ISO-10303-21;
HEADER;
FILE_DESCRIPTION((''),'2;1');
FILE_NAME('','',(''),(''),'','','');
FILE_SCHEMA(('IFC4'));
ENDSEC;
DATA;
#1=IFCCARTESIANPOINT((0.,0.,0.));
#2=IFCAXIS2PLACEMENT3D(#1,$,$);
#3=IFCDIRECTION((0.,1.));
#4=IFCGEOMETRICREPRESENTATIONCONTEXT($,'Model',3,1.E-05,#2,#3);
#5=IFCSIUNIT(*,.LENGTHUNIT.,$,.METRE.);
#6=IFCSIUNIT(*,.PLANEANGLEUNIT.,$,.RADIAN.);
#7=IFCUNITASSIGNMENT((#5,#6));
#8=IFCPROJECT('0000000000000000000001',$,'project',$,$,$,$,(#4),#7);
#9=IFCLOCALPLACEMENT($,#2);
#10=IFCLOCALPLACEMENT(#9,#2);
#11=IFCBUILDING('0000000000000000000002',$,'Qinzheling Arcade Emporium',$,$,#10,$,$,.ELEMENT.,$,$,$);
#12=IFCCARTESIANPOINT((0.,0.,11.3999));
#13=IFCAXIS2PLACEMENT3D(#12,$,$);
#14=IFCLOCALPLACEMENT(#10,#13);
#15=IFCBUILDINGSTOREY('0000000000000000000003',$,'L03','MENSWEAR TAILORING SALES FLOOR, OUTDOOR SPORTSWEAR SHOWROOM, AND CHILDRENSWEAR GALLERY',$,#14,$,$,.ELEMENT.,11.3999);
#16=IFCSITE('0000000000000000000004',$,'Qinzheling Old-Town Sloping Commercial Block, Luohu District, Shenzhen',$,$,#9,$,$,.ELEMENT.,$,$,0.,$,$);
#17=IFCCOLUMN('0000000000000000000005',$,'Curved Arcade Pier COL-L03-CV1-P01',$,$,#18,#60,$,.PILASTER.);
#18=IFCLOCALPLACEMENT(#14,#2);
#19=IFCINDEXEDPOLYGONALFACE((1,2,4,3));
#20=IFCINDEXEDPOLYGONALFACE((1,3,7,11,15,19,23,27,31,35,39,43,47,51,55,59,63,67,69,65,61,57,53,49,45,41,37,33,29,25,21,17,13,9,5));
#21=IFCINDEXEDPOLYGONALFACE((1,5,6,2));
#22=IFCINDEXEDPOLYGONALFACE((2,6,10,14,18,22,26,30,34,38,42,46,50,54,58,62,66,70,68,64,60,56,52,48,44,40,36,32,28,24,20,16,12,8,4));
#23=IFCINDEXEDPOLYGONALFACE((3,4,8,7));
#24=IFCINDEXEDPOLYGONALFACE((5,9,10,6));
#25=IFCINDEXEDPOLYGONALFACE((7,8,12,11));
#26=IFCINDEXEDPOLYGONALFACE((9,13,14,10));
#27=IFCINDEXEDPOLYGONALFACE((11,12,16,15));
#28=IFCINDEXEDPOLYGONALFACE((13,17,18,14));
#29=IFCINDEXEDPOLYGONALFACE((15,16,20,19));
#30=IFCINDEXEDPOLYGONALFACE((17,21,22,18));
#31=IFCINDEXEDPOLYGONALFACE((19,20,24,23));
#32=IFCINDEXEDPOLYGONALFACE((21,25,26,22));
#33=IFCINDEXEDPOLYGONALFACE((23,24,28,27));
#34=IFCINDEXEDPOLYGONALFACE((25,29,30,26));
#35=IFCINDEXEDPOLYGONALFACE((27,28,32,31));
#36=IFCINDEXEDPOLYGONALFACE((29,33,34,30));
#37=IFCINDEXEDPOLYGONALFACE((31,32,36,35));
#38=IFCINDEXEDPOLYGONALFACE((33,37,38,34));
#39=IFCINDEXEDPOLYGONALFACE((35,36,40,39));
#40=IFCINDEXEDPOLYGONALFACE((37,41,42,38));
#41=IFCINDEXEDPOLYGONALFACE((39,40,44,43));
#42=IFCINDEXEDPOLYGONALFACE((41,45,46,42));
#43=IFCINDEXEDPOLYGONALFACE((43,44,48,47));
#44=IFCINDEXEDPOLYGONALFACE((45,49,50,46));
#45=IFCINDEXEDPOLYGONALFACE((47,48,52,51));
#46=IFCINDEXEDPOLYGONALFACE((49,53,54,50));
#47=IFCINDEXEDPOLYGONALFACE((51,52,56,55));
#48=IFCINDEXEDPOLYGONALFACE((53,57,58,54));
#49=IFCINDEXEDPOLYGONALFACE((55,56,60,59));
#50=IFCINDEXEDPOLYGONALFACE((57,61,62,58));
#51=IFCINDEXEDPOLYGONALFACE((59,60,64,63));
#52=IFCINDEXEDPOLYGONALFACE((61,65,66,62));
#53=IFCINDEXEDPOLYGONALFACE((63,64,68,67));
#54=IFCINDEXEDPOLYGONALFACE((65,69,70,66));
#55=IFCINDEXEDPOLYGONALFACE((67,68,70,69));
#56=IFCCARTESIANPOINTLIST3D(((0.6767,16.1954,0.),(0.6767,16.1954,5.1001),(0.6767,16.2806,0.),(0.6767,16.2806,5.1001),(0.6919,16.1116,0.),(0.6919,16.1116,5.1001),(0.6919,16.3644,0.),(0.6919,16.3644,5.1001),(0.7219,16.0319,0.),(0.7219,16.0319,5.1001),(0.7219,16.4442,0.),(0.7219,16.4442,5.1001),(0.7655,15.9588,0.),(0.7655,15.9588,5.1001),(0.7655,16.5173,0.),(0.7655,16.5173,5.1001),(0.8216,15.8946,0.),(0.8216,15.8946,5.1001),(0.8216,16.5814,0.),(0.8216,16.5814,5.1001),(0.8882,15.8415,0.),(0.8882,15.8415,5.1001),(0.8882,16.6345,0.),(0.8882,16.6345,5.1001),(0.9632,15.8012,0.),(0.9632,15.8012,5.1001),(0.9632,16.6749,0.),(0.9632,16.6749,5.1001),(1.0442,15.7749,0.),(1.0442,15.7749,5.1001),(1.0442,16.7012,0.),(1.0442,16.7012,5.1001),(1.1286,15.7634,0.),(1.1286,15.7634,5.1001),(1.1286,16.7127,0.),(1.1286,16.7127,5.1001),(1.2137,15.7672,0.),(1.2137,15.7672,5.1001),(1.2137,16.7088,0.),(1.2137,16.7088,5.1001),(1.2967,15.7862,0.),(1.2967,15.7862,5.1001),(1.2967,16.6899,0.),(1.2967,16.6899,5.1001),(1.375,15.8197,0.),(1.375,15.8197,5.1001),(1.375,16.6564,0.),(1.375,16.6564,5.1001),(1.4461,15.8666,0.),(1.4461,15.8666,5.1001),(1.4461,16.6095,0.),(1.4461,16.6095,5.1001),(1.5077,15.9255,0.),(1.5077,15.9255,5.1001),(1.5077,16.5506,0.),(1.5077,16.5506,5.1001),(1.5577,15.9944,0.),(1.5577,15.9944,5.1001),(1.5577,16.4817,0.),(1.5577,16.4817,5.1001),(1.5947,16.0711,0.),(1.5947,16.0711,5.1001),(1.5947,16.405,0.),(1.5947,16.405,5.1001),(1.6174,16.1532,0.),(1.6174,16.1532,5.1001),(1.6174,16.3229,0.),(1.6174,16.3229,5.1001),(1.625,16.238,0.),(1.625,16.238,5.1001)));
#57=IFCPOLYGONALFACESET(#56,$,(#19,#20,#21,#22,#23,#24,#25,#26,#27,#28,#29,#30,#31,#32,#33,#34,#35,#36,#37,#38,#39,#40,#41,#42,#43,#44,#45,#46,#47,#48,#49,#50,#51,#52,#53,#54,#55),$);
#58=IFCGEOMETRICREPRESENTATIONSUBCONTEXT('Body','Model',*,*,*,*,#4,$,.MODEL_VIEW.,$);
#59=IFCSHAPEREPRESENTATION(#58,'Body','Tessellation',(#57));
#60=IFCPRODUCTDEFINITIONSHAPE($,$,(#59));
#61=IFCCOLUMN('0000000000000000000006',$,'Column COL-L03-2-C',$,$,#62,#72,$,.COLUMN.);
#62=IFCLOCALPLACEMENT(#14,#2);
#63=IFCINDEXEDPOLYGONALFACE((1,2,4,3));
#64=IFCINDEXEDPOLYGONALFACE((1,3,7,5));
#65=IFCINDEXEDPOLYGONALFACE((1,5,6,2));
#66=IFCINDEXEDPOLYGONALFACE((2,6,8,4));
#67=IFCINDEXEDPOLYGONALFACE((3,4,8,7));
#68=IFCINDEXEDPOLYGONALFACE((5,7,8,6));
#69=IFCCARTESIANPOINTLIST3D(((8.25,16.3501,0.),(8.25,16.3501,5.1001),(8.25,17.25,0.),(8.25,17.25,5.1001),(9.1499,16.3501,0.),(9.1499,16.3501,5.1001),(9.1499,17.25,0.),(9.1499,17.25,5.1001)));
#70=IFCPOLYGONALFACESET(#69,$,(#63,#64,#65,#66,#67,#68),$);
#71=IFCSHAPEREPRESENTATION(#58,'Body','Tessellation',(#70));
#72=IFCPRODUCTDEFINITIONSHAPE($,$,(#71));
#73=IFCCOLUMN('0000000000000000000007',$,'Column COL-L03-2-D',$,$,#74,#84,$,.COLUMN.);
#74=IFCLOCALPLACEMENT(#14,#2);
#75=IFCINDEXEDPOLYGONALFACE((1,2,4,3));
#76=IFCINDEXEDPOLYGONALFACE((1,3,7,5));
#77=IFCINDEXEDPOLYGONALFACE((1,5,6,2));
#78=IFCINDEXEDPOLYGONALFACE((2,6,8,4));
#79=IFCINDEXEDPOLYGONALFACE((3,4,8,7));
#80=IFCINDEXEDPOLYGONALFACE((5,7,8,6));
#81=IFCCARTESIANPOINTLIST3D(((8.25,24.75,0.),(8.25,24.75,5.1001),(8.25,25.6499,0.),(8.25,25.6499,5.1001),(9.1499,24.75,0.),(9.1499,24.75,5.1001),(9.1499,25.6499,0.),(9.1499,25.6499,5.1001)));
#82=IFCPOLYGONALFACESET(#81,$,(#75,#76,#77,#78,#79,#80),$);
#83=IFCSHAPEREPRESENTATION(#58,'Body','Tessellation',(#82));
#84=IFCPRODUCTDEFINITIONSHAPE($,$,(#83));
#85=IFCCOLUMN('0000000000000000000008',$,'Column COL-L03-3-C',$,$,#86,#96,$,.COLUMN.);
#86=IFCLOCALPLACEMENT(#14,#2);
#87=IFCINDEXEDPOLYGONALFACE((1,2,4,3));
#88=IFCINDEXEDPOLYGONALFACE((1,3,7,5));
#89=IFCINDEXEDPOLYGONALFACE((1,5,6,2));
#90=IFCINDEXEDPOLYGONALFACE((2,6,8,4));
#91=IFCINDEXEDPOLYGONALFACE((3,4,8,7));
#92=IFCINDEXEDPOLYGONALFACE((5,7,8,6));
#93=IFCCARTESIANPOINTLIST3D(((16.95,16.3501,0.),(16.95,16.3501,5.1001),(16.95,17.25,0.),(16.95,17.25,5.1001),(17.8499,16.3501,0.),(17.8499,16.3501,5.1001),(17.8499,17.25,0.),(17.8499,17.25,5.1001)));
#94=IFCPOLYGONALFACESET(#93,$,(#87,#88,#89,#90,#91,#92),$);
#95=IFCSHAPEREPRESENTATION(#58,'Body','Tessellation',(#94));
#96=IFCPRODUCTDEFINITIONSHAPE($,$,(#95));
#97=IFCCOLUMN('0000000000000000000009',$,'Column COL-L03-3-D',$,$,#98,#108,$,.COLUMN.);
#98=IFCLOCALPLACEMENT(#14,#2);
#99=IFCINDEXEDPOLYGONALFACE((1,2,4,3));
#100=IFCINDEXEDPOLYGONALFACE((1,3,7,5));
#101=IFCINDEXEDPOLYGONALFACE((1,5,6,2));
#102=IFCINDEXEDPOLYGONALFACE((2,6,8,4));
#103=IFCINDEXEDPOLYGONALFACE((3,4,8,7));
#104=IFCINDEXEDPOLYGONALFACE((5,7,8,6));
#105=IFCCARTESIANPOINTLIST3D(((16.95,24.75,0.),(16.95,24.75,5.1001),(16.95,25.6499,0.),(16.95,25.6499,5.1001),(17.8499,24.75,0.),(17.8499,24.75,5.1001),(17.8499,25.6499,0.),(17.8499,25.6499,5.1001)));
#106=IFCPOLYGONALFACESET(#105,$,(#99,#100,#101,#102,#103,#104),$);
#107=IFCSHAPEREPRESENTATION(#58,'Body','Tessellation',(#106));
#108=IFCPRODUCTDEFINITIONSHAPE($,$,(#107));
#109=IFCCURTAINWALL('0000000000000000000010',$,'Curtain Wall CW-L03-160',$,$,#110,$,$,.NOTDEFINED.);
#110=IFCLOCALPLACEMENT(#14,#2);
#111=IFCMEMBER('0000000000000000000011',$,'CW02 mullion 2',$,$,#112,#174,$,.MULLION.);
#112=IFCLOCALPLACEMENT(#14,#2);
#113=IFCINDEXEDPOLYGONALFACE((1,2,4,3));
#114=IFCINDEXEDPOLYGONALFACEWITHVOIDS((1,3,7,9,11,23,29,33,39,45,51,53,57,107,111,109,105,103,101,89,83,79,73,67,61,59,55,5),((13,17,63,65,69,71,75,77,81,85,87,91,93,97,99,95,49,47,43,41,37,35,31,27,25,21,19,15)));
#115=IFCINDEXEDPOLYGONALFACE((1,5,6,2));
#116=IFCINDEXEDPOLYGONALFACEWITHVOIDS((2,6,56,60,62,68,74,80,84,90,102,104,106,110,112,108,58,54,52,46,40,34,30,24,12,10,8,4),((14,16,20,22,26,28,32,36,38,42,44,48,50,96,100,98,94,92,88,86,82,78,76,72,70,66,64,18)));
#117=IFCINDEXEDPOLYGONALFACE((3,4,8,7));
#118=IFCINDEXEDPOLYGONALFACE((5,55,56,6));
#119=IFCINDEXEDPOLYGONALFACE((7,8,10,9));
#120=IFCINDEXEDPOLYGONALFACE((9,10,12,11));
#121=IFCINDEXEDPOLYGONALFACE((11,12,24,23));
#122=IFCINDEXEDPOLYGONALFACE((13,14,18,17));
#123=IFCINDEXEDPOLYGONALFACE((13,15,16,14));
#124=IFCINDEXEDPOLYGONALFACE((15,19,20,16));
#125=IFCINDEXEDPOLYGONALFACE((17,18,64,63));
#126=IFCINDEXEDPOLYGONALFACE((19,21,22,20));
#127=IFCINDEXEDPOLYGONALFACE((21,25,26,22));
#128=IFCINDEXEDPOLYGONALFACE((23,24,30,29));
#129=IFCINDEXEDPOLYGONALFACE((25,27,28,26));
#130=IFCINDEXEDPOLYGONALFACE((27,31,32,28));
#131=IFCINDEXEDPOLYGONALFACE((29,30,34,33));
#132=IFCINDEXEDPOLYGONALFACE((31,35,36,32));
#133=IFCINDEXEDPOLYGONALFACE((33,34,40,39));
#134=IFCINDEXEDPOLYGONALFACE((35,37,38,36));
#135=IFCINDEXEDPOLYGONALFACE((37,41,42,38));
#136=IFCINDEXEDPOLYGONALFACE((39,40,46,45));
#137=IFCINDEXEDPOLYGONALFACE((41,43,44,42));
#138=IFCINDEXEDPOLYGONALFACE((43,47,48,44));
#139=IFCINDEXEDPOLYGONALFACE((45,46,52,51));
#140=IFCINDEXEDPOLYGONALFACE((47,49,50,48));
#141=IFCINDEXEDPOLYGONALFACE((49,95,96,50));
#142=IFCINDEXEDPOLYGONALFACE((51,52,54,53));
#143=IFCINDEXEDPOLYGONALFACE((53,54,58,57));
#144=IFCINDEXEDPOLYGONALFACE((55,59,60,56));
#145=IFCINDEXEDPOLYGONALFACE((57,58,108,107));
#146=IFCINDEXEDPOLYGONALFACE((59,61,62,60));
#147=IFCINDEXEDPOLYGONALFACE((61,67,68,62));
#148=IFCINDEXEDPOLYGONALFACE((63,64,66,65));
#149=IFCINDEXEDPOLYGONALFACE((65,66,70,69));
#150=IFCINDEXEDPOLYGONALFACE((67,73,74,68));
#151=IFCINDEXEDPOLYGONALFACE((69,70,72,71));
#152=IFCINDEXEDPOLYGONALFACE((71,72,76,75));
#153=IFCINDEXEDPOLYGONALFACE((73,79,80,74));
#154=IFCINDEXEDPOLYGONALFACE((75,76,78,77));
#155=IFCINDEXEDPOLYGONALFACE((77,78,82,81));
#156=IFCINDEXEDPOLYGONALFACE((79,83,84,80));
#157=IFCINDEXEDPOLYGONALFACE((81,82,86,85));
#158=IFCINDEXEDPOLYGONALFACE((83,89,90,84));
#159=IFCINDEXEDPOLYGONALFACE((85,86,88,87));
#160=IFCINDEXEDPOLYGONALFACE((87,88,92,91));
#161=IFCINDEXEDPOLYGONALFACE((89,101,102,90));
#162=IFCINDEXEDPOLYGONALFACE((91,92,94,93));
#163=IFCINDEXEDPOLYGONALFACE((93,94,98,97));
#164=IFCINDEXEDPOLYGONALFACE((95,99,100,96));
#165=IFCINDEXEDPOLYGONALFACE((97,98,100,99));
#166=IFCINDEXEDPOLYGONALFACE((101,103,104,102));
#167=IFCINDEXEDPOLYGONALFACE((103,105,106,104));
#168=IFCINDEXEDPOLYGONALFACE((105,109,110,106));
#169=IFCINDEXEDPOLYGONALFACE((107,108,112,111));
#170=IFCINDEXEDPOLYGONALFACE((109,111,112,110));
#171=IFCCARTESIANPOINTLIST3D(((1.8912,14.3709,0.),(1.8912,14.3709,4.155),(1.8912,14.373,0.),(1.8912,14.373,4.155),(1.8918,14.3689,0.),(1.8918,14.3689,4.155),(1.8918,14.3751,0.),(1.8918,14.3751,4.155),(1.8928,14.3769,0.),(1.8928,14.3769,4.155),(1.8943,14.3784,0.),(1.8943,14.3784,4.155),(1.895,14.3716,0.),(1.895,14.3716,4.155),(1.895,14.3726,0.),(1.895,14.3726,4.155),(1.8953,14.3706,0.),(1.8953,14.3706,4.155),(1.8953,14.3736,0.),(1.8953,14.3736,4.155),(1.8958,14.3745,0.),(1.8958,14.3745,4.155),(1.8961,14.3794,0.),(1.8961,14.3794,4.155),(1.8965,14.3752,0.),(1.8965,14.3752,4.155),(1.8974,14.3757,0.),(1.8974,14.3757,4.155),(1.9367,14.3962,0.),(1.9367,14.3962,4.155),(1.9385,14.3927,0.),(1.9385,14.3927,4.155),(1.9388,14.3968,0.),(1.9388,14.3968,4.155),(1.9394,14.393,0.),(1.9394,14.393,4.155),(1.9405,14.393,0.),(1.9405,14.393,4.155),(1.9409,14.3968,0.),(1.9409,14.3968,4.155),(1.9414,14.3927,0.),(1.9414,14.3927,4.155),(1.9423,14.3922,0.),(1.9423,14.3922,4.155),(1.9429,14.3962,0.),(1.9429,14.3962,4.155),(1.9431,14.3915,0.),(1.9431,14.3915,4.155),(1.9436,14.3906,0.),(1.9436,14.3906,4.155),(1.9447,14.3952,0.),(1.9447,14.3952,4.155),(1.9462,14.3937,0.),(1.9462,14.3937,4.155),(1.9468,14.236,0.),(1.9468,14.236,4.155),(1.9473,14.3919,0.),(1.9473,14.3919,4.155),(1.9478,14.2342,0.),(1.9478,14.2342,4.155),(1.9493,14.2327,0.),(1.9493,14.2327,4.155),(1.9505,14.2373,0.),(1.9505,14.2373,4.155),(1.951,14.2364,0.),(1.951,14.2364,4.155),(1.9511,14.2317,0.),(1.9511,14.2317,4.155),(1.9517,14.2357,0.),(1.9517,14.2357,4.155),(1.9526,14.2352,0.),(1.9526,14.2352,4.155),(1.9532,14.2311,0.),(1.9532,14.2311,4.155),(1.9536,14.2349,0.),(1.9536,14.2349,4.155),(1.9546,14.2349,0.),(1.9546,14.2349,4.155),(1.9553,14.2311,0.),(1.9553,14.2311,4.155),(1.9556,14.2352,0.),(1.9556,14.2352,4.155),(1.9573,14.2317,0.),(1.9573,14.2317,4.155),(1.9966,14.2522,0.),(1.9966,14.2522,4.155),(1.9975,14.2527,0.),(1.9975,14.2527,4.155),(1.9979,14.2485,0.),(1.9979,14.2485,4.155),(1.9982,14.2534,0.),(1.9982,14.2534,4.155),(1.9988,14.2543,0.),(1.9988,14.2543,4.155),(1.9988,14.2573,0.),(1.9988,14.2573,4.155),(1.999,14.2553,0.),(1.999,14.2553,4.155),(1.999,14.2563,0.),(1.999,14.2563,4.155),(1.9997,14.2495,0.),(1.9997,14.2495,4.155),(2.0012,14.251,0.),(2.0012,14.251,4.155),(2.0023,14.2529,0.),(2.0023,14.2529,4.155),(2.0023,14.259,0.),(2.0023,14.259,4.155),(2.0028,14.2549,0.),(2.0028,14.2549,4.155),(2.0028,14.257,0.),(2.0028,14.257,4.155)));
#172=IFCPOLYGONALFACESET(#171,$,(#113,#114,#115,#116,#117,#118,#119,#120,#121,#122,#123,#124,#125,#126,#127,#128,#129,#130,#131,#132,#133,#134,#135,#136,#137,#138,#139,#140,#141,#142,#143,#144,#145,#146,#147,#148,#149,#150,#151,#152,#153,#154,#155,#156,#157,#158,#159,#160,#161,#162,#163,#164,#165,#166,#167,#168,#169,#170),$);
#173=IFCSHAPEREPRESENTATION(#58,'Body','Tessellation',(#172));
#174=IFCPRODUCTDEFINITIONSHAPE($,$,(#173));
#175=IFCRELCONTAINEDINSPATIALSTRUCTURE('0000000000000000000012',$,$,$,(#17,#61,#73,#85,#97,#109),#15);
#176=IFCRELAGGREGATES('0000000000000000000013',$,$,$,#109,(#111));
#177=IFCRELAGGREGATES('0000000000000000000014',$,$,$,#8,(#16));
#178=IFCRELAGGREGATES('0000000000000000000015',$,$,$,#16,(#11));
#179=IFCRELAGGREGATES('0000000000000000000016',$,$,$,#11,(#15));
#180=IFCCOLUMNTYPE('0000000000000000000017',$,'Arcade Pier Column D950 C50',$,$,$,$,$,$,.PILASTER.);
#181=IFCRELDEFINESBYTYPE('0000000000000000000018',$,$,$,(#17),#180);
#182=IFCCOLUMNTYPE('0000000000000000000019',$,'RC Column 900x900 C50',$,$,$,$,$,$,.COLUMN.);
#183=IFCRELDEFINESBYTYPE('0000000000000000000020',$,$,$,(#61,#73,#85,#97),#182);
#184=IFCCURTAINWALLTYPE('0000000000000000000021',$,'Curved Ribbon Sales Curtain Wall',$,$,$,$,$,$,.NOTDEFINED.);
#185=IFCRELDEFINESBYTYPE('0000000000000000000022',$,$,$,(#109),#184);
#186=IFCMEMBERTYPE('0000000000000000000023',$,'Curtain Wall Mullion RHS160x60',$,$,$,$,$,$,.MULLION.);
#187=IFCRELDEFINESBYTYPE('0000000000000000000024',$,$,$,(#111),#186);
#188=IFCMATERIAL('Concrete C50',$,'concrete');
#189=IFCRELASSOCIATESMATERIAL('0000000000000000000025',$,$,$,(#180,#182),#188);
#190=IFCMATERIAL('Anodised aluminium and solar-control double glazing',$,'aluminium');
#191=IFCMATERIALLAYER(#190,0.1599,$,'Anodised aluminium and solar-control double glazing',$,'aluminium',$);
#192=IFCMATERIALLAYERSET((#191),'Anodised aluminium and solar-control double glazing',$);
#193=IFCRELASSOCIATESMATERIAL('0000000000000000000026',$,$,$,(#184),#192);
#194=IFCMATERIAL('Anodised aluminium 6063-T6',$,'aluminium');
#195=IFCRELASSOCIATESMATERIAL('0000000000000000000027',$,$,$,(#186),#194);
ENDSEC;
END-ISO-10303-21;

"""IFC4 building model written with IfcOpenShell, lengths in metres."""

from ifc_helpers import new_model, si_unit, direction, frame, origin, origin_2d, place, context, subcontext, project, spatial, rectangle, hollow_rectangle, circle, extrude, material, layer, layer_set, material_profile, profile_set, type_object, element, aggregate, save


model = new_model("IFC4")

# Units and contexts
model_context = context("Model", 3, precision=1e-05, world=origin(), true_north=direction((0.0, 1.0)))
body_context = subcontext(model_context, "Body", "Model", "MODEL_VIEW")
ifc_project = project(units=[si_unit("LENGTHUNIT", "METRE"), si_unit("PLANEANGLEUNIT", "RADIAN")], contexts=[model_context])

# Site, building, storey
site_placement = place(None, origin())
site = spatial("IfcSite", under=ifc_project, at=site_placement, Name="Qinzheling Old-Town Sloping Commercial Block, Luohu District, Shenzhen", CompositionType="ELEMENT", RefElevation=0.0)
building_placement = place(site_placement, origin())
building = spatial("IfcBuilding", under=site, at=building_placement, Name="Qinzheling Arcade Emporium", CompositionType="ELEMENT")
storey_placement = place(building_placement, frame((0.0, 0.0, 11.3999)))
storey = spatial("IfcBuildingStorey", under=building, at=storey_placement, Name="L03", Description="MENSWEAR TAILORING SALES FLOOR, OUTDOOR SPORTSWEAR SHOWROOM, AND CHILDRENSWEAR GALLERY", CompositionType="ELEMENT", Elevation=11.3999)

# Columns
ifc_material_1 = material(Name="Concrete C50", Category="concrete")
ifc_material_profile_1 = material_profile(ifc_material_1, circle(Radius=0.4751, at=origin_2d()), Name="RC D950", Category="concrete")
ifc_profile_set_1 = profile_set([ifc_material_profile_1], Name="Concrete C50")
column_type_1 = type_object("IfcColumnType", Name="Arcade Pier Column D950 C50", PredefinedType="PILASTER", material=ifc_profile_set_1)
column_placement = place(storey_placement, frame((1.1499, 16.238, 0.0), z_axis=(0.0, 0.0, 1.0), x_axis=(1.0, 0.0, 0.0)))
element("IfcColumn", 1, at=column_placement, inside=storey, type_object=column_type_1, Name="Curved Arcade Pier COL-L03-CV1-P01", PredefinedType="PILASTER", context=body_context, shape_type="SweptSolid", body=[
    extrude(circle(Radius=0.4751, at=origin_2d()), origin(), (0.0, 0.0, 1.0), 5.1001),
])
ifc_material_profile_2 = material_profile(ifc_material_1, rectangle(XDim=0.8999, YDim=0.8999, at=origin_2d()), Name="RC 900x900", Category="concrete")
ifc_profile_set_2 = profile_set([ifc_material_profile_2], Name="Concrete C50")
column_type_2 = type_object("IfcColumnType", Name="RC Column 900x900 C50", PredefinedType="COLUMN", material=ifc_profile_set_2)
for number, where, z_axis, x_axis, name in (
    (2, (8.7, 16.8, 0.0), (0.0, 0.0, 1.0), (1.0, 0.0, 0.0), "Column COL-L03-2-C"),
    (3, (8.7, 25.2, 0.0), (0.0, 0.0, 1.0), (1.0, 0.0, 0.0), "Column COL-L03-2-D"),
    (4, (17.3999, 16.8, 0.0), (0.0, 0.0, 1.0), (1.0, 0.0, 0.0), "Column COL-L03-3-C"),
    (5, (17.3999, 25.2, 0.0), (0.0, 0.0, 1.0), (1.0, 0.0, 0.0), "Column COL-L03-3-D"),
):
    element("IfcColumn", number, at=place(storey_placement, frame(where, z_axis=z_axis, x_axis=x_axis)), inside=storey, type_object=column_type_2, Name=name, PredefinedType="COLUMN", context=body_context, shape_type="SweptSolid", body=[
        extrude(rectangle(XDim=0.8999, YDim=0.8999, at=origin_2d()), origin(), (0.0, 0.0, 1.0), 5.1001),
    ])

# Curtain wall, member
ifc_material_2 = material(Name="Anodised aluminium and solar-control double glazing", Category="aluminium")
ifc_layer_1 = layer(ifc_material_2, 0.1599, Name="Anodised aluminium and solar-control double glazing", Category="aluminium")
ifc_layer_set_1 = layer_set([ifc_layer_1], Name="Anodised aluminium and solar-control double glazing")
curtain_wall_type = type_object("IfcCurtainWallType", Name="Curved Ribbon Sales Curtain Wall", PredefinedType="NOTDEFINED", material=ifc_layer_set_1)
curtain_wall_1_placement = place(storey_placement, origin())
curtain_wall_1 = element("IfcCurtainWall", 6, at=curtain_wall_1_placement, inside=storey, type_object=curtain_wall_type, Name="Curtain Wall CW-L03-160", PredefinedType="NOTDEFINED")
ifc_material_3 = material(Name="Anodised aluminium 6063-T6", Category="aluminium")
ifc_material_profile_3 = material_profile(ifc_material_3, hollow_rectangle(XDim=0.0601, YDim=0.1599, WallThickness=0.0039, InnerFilletRadius=0.0039, OuterFilletRadius=0.0081, at=origin_2d()), Name="RHS 160x60x4", Category="aluminium")
ifc_profile_set_3 = profile_set([ifc_material_profile_3], Name="Anodised aluminium 6063-T6")
member_type_1 = type_object("IfcMemberType", Name="Curtain Wall Mullion RHS160x60", PredefinedType="MULLION", material=ifc_profile_set_3)
member_1_placement = place(storey_placement, frame((1.947, 14.314, 0.0), z_axis=(0.0, 0.0, 1.0), x_axis=(-0.923941, -0.382535, 0.0)))
member_1 = element("IfcMember", 7, at=member_1_placement, type_object=member_type_1, Name="CW02 mullion 2", PredefinedType="MULLION", context=body_context, shape_type="SweptSolid", body=[
    extrude(hollow_rectangle(XDim=0.0601, YDim=0.1599, WallThickness=0.0039, InnerFilletRadius=0.0039, OuterFilletRadius=0.0081, at=origin_2d()), origin(), (0.0, 0.0, 1.0), 4.155),
])

aggregate(curtain_wall_1, [member_1])

save(model, "model.ifc")
